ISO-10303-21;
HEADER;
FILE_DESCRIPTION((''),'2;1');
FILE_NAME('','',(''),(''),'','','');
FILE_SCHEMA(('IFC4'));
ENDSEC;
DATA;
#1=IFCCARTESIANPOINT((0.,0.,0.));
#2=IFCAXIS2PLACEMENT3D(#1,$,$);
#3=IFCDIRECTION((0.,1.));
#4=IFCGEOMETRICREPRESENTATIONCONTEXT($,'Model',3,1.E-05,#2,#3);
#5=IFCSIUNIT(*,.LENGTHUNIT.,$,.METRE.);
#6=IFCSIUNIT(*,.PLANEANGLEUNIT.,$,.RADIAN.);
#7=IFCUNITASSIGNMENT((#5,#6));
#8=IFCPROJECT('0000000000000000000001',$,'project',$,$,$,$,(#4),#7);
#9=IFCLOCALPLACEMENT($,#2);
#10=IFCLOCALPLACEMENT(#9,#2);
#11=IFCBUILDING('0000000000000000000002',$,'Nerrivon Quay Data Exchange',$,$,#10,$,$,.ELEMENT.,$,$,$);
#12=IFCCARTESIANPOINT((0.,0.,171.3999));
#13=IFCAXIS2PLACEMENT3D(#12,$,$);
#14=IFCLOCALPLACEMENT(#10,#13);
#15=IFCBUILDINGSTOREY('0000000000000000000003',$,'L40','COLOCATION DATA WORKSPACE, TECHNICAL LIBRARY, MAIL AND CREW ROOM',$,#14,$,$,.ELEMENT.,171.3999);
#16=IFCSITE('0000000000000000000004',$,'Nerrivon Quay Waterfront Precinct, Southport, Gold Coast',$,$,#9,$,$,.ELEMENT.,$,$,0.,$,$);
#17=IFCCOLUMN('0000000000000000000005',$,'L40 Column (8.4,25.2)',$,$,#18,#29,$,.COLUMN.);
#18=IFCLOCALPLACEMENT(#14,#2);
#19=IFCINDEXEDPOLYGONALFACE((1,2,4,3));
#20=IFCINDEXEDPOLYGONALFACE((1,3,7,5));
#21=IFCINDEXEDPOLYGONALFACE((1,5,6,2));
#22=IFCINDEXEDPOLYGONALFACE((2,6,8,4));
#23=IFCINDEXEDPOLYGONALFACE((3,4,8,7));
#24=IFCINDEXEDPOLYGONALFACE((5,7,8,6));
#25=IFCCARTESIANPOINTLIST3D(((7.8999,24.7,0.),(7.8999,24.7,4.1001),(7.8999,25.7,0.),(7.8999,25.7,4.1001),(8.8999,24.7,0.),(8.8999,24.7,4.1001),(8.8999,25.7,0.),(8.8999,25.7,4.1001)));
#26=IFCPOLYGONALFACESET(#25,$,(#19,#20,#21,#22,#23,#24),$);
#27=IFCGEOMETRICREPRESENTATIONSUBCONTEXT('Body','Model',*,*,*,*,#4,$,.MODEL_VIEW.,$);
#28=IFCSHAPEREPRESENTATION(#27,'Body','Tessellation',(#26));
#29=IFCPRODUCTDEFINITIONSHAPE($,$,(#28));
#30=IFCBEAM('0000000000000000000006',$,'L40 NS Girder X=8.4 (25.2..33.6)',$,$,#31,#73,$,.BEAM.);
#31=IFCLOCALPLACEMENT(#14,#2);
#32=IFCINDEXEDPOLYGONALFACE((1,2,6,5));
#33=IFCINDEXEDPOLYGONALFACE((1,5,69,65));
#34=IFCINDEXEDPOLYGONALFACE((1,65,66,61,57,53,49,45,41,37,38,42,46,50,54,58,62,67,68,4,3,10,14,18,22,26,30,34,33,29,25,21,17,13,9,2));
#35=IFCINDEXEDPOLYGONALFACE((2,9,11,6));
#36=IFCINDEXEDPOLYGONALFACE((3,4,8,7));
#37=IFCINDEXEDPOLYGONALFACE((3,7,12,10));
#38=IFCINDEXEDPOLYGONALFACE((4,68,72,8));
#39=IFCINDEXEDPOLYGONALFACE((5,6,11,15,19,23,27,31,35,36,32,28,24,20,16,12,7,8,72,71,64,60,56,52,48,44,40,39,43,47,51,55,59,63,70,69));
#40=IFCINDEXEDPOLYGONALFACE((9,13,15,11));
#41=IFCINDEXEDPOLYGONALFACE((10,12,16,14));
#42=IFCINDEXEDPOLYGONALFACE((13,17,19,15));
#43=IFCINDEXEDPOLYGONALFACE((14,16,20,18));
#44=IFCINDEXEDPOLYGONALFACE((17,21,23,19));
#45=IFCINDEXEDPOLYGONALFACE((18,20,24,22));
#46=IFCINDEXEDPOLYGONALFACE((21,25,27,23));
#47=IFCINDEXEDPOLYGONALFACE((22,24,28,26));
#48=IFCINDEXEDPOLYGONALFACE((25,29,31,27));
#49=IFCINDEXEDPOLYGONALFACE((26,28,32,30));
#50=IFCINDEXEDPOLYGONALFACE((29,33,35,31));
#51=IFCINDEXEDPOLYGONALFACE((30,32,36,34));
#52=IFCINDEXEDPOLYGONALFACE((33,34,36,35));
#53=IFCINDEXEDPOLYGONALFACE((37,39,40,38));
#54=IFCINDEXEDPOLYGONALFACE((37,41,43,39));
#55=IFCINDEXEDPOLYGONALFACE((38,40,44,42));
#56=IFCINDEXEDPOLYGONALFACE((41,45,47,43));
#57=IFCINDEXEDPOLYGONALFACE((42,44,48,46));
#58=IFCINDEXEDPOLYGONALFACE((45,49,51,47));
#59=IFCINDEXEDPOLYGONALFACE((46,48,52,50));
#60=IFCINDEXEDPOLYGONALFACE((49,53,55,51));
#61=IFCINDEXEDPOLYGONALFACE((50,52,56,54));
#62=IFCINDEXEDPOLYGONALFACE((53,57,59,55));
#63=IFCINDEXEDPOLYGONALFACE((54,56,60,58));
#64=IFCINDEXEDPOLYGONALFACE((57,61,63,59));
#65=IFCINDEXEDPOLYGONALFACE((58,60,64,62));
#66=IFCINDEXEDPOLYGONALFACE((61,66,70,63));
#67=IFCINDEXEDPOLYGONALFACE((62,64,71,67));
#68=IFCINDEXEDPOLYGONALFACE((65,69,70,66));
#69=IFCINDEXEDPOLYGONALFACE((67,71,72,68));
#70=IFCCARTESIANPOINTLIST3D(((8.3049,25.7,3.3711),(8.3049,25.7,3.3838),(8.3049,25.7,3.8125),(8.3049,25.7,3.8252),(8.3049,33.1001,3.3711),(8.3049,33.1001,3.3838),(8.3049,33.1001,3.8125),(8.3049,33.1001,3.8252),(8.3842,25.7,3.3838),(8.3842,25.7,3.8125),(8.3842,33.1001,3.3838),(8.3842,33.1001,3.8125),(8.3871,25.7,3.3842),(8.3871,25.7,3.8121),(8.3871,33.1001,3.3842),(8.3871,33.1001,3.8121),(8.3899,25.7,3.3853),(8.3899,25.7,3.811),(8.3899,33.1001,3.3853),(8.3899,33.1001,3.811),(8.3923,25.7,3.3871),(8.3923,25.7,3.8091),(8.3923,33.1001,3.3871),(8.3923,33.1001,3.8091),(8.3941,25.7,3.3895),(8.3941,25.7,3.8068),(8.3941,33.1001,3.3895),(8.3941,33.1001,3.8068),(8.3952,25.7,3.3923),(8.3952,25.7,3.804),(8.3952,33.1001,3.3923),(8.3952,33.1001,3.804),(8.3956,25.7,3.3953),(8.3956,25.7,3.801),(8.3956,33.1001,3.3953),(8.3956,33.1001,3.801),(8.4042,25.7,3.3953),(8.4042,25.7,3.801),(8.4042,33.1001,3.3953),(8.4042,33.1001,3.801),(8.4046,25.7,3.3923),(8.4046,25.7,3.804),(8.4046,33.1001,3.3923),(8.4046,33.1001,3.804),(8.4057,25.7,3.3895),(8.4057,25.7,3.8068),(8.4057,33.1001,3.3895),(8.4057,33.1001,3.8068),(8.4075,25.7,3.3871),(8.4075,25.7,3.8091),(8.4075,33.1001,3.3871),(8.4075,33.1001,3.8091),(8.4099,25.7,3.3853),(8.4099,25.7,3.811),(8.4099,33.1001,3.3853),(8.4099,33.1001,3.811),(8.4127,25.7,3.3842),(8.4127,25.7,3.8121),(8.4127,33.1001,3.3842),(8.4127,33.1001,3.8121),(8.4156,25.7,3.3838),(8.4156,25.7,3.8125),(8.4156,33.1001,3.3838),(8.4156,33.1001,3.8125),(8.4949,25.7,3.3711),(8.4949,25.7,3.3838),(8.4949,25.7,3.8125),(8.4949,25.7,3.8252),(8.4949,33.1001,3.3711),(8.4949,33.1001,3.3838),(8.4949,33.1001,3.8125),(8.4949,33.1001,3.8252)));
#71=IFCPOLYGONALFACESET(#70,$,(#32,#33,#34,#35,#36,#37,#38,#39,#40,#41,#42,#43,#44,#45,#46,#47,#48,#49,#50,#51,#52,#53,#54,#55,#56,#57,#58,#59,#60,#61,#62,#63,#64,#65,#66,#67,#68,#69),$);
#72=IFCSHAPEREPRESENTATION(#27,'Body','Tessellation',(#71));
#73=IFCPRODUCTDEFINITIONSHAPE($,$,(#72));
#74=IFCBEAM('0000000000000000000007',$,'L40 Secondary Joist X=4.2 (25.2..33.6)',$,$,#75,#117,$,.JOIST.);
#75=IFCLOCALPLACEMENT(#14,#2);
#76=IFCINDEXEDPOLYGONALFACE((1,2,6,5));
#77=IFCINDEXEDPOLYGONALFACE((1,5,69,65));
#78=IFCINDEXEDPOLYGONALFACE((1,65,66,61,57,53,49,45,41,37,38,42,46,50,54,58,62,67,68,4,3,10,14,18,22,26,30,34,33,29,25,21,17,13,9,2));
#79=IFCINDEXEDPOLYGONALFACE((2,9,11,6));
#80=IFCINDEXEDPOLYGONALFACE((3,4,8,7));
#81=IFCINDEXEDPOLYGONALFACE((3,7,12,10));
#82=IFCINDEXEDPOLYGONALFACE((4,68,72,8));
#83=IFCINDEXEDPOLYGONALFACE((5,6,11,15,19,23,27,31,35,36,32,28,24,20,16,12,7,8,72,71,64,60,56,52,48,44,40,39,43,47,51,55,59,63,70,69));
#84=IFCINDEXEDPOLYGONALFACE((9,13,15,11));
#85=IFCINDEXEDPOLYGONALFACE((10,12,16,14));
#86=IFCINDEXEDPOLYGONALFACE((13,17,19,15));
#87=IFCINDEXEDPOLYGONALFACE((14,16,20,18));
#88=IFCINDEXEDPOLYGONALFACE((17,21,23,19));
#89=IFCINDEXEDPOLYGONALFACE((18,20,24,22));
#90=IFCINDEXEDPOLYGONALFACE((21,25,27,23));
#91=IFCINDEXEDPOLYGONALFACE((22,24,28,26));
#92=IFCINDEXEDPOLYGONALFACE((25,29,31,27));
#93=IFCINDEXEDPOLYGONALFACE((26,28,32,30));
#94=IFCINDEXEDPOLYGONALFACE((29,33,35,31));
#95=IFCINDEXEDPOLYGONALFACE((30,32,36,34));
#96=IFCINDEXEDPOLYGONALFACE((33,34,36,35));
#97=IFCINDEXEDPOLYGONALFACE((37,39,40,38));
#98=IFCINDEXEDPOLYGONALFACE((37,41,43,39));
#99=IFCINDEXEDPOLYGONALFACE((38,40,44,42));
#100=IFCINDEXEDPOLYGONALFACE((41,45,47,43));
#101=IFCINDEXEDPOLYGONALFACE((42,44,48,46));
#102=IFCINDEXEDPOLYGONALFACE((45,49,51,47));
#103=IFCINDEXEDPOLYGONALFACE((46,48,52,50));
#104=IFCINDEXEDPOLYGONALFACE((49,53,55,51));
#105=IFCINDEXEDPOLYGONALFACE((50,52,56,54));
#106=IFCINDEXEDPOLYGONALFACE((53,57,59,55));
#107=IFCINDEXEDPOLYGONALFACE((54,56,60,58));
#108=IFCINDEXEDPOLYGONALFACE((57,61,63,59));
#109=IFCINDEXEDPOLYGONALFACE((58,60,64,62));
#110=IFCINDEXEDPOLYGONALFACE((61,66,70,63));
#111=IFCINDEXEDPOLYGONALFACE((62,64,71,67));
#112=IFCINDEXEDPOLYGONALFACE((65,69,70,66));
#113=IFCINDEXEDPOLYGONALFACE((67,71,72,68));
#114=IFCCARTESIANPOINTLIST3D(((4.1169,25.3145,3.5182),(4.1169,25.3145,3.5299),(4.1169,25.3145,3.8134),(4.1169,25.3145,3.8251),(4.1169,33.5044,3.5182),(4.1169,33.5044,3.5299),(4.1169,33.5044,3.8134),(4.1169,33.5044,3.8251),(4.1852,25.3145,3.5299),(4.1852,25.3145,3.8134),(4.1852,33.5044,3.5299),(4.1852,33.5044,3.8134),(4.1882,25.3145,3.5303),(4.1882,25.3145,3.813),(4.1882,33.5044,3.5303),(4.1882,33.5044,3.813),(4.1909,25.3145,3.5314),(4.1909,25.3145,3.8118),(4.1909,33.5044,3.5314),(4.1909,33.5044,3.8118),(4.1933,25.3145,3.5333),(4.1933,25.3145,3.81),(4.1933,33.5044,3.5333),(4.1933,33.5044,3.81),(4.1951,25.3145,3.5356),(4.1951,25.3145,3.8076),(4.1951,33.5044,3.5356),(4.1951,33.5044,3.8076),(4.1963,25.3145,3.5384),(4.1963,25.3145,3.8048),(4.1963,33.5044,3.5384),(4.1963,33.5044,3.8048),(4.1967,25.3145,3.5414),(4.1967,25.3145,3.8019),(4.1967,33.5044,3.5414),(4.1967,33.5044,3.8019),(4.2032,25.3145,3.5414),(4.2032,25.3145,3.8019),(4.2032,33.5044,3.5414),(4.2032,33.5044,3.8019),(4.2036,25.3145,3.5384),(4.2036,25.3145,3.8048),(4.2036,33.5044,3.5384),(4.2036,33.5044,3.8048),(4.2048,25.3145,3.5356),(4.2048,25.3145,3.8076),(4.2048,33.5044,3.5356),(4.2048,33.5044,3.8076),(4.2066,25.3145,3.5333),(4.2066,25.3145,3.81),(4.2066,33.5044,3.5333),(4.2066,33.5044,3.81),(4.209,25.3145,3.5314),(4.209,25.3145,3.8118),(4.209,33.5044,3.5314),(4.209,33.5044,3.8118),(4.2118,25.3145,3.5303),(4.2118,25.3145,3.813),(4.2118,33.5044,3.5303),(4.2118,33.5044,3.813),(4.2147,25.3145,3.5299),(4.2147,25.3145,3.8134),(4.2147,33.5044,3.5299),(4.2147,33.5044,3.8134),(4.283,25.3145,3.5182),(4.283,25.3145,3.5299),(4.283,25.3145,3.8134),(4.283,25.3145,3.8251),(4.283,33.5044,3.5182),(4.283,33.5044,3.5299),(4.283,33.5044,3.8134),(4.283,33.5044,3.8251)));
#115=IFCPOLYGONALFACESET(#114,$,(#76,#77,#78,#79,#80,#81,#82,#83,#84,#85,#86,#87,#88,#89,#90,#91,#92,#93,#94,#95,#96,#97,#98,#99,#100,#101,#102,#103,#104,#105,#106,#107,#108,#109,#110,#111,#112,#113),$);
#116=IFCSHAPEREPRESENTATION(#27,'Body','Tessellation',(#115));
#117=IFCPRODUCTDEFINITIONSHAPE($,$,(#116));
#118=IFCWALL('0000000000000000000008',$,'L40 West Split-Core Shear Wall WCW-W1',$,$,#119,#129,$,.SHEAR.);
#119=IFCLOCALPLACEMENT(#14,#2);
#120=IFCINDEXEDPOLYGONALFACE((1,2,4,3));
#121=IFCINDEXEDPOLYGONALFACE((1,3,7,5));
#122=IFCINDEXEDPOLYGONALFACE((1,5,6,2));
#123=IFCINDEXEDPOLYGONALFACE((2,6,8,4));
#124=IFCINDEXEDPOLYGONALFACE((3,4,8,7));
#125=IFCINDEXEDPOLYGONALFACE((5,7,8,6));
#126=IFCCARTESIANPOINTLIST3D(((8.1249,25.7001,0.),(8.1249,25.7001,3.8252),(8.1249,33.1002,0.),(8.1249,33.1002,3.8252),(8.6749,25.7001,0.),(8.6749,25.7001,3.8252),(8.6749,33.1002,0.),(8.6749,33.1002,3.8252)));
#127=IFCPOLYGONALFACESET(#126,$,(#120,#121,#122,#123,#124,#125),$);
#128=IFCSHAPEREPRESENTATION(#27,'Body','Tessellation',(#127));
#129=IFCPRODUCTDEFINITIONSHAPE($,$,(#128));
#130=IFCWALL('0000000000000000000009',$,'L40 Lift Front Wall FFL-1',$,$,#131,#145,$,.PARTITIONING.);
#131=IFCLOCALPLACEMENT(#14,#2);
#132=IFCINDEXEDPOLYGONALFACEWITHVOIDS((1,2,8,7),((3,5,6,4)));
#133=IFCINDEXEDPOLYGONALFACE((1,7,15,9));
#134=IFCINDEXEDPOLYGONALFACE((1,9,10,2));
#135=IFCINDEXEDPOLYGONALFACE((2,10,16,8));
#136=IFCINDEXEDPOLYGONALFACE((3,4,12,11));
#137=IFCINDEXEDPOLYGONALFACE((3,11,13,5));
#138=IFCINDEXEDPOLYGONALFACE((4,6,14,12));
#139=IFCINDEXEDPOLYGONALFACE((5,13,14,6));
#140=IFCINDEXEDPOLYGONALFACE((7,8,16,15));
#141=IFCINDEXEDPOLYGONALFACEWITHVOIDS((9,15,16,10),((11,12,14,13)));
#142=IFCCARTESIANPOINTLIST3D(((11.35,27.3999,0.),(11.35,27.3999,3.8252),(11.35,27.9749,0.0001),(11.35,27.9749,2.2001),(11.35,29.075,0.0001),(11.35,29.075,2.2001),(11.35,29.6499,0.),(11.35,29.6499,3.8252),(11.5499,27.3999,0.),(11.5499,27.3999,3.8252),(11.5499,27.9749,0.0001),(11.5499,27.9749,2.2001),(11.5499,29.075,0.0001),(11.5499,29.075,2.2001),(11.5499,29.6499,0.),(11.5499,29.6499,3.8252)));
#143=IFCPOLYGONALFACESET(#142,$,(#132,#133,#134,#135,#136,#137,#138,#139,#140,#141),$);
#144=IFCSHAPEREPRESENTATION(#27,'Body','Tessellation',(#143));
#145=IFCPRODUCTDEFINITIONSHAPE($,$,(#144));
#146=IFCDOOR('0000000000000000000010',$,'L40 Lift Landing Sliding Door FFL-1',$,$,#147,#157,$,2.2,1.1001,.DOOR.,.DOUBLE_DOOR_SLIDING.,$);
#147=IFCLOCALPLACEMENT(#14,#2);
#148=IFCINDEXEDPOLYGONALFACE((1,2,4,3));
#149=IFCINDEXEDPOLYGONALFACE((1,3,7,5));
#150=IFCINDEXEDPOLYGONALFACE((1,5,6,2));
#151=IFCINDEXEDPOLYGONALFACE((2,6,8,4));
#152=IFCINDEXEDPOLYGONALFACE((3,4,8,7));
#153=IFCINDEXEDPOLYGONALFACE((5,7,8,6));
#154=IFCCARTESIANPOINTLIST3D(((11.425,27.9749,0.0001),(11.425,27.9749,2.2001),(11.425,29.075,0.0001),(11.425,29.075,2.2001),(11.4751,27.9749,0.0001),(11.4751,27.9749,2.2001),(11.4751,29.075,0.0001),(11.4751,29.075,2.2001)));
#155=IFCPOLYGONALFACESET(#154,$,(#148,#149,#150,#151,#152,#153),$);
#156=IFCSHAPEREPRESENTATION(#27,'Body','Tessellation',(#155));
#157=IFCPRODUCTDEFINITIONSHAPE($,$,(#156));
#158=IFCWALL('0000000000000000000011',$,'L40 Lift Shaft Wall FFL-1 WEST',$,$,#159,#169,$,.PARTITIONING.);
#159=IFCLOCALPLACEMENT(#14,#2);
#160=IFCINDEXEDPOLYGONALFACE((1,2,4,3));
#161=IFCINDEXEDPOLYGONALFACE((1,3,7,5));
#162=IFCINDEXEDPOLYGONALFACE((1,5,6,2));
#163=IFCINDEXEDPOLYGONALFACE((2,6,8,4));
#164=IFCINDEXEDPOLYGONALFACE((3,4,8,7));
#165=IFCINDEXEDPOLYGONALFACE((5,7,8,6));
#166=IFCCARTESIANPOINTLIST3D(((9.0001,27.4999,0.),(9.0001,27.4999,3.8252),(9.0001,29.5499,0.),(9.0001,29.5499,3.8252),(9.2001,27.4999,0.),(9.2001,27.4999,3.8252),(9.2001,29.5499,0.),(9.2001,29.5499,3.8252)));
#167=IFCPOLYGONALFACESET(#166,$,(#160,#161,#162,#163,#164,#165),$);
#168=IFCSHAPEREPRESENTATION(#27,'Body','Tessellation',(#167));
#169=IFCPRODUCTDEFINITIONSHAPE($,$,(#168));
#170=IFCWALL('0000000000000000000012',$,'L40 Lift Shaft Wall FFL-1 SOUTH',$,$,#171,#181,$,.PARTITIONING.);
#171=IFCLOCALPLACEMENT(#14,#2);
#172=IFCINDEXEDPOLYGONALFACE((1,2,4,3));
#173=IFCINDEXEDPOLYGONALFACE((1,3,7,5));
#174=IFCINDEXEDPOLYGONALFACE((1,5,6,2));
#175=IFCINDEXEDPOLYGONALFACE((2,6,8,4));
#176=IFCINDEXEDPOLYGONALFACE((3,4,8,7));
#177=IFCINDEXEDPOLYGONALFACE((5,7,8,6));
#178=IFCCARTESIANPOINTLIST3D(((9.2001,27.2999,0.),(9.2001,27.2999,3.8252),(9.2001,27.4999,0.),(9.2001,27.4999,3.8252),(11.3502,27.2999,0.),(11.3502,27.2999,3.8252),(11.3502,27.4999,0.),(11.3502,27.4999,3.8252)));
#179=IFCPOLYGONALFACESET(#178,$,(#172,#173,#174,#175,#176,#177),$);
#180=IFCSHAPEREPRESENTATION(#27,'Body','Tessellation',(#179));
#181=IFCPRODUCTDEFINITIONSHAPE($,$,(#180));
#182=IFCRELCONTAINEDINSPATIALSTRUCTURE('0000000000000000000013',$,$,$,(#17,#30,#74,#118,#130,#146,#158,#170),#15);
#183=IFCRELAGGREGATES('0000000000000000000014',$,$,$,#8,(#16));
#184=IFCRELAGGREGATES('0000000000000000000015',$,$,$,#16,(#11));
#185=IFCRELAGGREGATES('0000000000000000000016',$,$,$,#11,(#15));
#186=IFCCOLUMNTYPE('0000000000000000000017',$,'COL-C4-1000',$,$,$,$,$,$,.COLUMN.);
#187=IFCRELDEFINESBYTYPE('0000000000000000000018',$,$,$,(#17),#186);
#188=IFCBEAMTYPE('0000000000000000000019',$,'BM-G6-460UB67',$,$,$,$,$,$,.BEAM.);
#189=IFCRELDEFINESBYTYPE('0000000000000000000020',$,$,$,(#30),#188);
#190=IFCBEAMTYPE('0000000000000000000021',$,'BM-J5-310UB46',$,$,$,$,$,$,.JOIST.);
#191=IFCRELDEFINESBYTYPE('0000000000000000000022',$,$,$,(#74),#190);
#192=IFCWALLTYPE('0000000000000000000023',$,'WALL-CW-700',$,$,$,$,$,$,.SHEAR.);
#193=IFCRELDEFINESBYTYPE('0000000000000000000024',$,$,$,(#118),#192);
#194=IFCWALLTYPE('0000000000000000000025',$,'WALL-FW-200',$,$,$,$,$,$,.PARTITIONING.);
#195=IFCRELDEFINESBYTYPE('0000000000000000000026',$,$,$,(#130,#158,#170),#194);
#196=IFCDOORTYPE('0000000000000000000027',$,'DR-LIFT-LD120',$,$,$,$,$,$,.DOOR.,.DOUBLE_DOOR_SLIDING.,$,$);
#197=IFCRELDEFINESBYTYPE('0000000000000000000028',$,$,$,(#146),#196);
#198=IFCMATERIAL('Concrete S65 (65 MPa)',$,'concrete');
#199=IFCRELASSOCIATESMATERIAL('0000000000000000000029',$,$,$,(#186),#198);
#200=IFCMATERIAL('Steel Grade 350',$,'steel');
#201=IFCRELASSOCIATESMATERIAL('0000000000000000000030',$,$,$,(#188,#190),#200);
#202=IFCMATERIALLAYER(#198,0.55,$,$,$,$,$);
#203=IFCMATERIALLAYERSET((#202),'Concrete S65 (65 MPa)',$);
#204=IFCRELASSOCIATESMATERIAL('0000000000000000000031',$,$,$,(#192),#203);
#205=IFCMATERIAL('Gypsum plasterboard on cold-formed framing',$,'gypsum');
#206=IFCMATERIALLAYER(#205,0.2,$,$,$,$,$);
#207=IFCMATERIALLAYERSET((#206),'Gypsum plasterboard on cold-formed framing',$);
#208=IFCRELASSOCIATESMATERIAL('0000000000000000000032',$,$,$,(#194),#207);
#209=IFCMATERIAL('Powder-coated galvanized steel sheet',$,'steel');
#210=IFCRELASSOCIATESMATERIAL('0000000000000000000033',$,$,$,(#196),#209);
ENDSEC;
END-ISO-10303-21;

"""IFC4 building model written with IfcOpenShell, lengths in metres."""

from ifc_helpers import new_model, si_unit, direction, frame, frame_2d, origin, origin_2d, place, context, subcontext, project, spatial, rectangle, i_section, extrude, material, layer, layer_set, material_profile, profile_set, type_object, element, fill, save


model = new_model("IFC4")

# Units and contexts
model_context = context("Model", 3, precision=1e-05, world=origin(), true_north=direction((0.0, 1.0)))
body_context = subcontext(model_context, "Body", "Model", "MODEL_VIEW")
ifc_project = project(units=[si_unit("LENGTHUNIT", "METRE"), si_unit("PLANEANGLEUNIT", "RADIAN")], contexts=[model_context])

# Site, building, storey
site_placement = place(None, origin())
site = spatial("IfcSite", under=ifc_project, at=site_placement, Name="Nerrivon Quay Waterfront Precinct, Southport, Gold Coast", CompositionType="ELEMENT", RefElevation=0.0)
building_placement = place(site_placement, origin())
building = spatial("IfcBuilding", under=site, at=building_placement, Name="Nerrivon Quay Data Exchange", CompositionType="ELEMENT")
storey_placement = place(building_placement, frame((0.0, 0.0, 171.3999)))
storey = spatial("IfcBuildingStorey", under=building, at=storey_placement, Name="L40", Description="COLOCATION DATA WORKSPACE, TECHNICAL LIBRARY, MAIL AND CREW ROOM", CompositionType="ELEMENT", Elevation=171.3999)

# Column
ifc_material_1 = material(Name="Concrete S65 (65 MPa)", Category="concrete")
ifc_material_profile_1 = material_profile(ifc_material_1, rectangle(XDim=1.0, YDim=1.0, at=origin_2d()), Name="RC-COL-1000x1000")
ifc_profile_set_1 = profile_set([ifc_material_profile_1], Name="Concrete S65 (65 MPa)")
column_type = type_object("IfcColumnType", Name="COL-C4-1000", PredefinedType="COLUMN", material=ifc_profile_set_1)
column_placement = place(storey_placement, frame((8.3999, 25.2, 0.0), z_axis=(0.0, 0.0, 1.0), x_axis=(1.0, 0.0, 0.0)))
element("IfcColumn", 1, at=column_placement, inside=storey, type_object=column_type, Name="L40 Column (8.4,25.2)", PredefinedType="COLUMN", context=body_context, shape_type="SweptSolid", body=[
    extrude(rectangle(XDim=1.0, YDim=1.0, at=origin_2d()), origin(), (0.0, 0.0, 1.0), 4.1001),
])

# Beams
ifc_material_2 = material(Name="Steel Grade 350", Category="steel")
ifc_material_profile_2 = material_profile(ifc_material_2, i_section(OverallWidth=0.1899, OverallDepth=0.4541, WebThickness=0.0085, FlangeThickness=0.0127, FilletRadius=0.0115, at=origin_2d()), Name="460UB67.1")
ifc_profile_set_2 = profile_set([ifc_material_profile_2], Name="Steel Grade 350")
beam_type_1 = type_object("IfcBeamType", Name="BM-G6-460UB67", PredefinedType="BEAM", material=ifc_profile_set_2)
beam_1_placement = place(storey_placement, frame((8.3999, 25.7, 3.5981), z_axis=(0.0, 1.0, 0.0), x_axis=(-1.0, 0.0, 0.0)))
element("IfcBeam", 2, at=beam_1_placement, inside=storey, type_object=beam_type_1, Name="L40 NS Girder X=8.4 (25.2..33.6)", PredefinedType="BEAM", context=body_context, shape_type="SweptSolid", body=[
    extrude(i_section(OverallWidth=0.1899, OverallDepth=0.4541, WebThickness=0.0085, FlangeThickness=0.0127, FilletRadius=0.0115, at=origin_2d()), origin(), (0.0, 0.0, 1.0), 7.4001),
])
ifc_material_profile_3 = material_profile(ifc_material_2, i_section(OverallWidth=0.166, OverallDepth=0.3069, WebThickness=0.0066, FlangeThickness=0.0117, FilletRadius=0.0115, at=origin_2d()), Name="310UB46.2")
ifc_profile_set_3 = profile_set([ifc_material_profile_3], Name="Steel Grade 350")
beam_type_2 = type_object("IfcBeamType", Name="BM-J5-310UB46", PredefinedType="JOIST", material=ifc_profile_set_3)
beam_2_placement = place(storey_placement, frame((4.2, 25.3145, 3.6716), z_axis=(0.0, 1.0, 0.0), x_axis=(-1.0, 0.0, 0.0)))
element("IfcBeam", 3, at=beam_2_placement, inside=storey, type_object=beam_type_2, Name="L40 Secondary Joist X=4.2 (25.2..33.6)", PredefinedType="JOIST", context=body_context, shape_type="SweptSolid", body=[
    extrude(i_section(OverallWidth=0.166, OverallDepth=0.3069, WebThickness=0.0066, FlangeThickness=0.0117, FilletRadius=0.0115, at=origin_2d()), origin(), (0.0, 0.0, 1.0), 8.1899),
])

# Wall
ifc_layer_1 = layer(ifc_material_1, 0.55)
ifc_layer_set_1 = layer_set([ifc_layer_1], Name="Concrete S65 (65 MPa)")
wall_type_1 = type_object("IfcWallType", Name="WALL-CW-700", PredefinedType="SHEAR", material=ifc_layer_set_1)
wall_1_placement = place(storey_placement, frame((8.3999, 25.7, 0.0), z_axis=(0.0, 0.0, 1.0), x_axis=(0.0, 1.0, 0.0)))
element("IfcWall", 4, at=wall_1_placement, inside=storey, type_object=wall_type_1, Name="L40 West Split-Core Shear Wall WCW-W1", PredefinedType="SHEAR", context=body_context, shape_type="SweptSolid", body=[
    extrude(rectangle(XDim=7.4001, YDim=0.55, at=frame_2d((3.7002, 0.0))), origin(), (0.0, 0.0, 1.0), 3.8252),
])

# Wall, opening, door
ifc_material_3 = material(Name="Powder-coated galvanized steel sheet", Category="steel")
ifc_material_4 = material(Name="Gypsum plasterboard on cold-formed framing", Category="gypsum")
ifc_layer_2 = layer(ifc_material_4, 0.2)
ifc_layer_set_2 = layer_set([ifc_layer_2], Name="Gypsum plasterboard on cold-formed framing")
wall_type_2 = type_object("IfcWallType", Name="WALL-FW-200", PredefinedType="PARTITIONING", material=ifc_layer_set_2)
wall_2_placement = place(storey_placement, frame((11.45, 27.3999, 0.0), z_axis=(0.0, 0.0, 1.0), x_axis=(0.0, 1.0, 0.0)))
wall_2 = element("IfcWall", 5, at=wall_2_placement, inside=storey, type_object=wall_type_2, Name="L40 Lift Front Wall FFL-1", PredefinedType="PARTITIONING", context=body_context, shape_type="SweptSolid", body=[
    extrude(rectangle(XDim=2.25, YDim=0.2, at=frame_2d((1.125, 0.0))), origin(), (0.0, 0.0, 1.0), 3.8252),
])
opening_1_placement = place(wall_2_placement, frame((0.575, 0.0, 0.0)))
opening_1 = element("IfcOpeningElement", 6, at=opening_1_placement, cuts=wall_2, PredefinedType="OPENING", context=body_context, shape_type="SweptSolid", body=[
    extrude(rectangle(XDim=1.1001, YDim=2.2, at=frame_2d((0.55, 1.1001))), frame((0.0, 0.1099, 0.0), z_axis=(0.0, -1.0, 0.0), x_axis=(1.0, 0.0, 0.0)), (0.0, 0.0, 1.0), 0.22),
])
door_type_1 = type_object("IfcDoorType", Name="DR-LIFT-LD120", OperationType="DOUBLE_DOOR_SLIDING", PredefinedType="DOOR", material=ifc_material_3)
door_1_placement = place(opening_1_placement, origin())
door_1 = element("IfcDoor", 7, at=door_1_placement, inside=storey, type_object=door_type_1, Name="L40 Lift Landing Sliding Door FFL-1", OperationType="DOUBLE_DOOR_SLIDING", OverallHeight=2.2, OverallWidth=1.1001, PredefinedType="DOOR", context=body_context, shape_type="SweptSolid", body=[
    extrude(rectangle(XDim=1.1001, YDim=2.2, at=frame_2d((0.55, 1.1001))), frame((0.0, 0.0249, 0.0), z_axis=(0.0, -1.0, 0.0), x_axis=(1.0, 0.0, 0.0)), (0.0, 0.0, 1.0), 0.05),
])
fill(opening_1, door_1)

# Walls
wall_3_placement = place(storey_placement, frame((9.1001, 27.5, 0.0), z_axis=(0.0, 0.0, 1.0), x_axis=(0.0, 1.0, 0.0)))
element("IfcWall", 8, at=wall_3_placement, inside=storey, type_object=wall_type_2, Name="L40 Lift Shaft Wall FFL-1 WEST", PredefinedType="PARTITIONING", context=body_context, shape_type="SweptSolid", body=[
    extrude(rectangle(XDim=2.05, YDim=0.2, at=frame_2d((1.0249, 0.0))), origin(), (0.0, 0.0, 1.0), 3.8252),
])
wall_4_placement = place(storey_placement, frame((9.2, 27.3999, 0.0), z_axis=(0.0, 0.0, 1.0), x_axis=(1.0, 0.0, 0.0)))
element("IfcWall", 9, at=wall_4_placement, inside=storey, type_object=wall_type_2, Name="L40 Lift Shaft Wall FFL-1 SOUTH", PredefinedType="PARTITIONING", context=body_context, shape_type="SweptSolid", body=[
    extrude(rectangle(XDim=2.1501, YDim=0.2, at=frame_2d((1.0752, 0.0))), origin(), (0.0, 0.0, 1.0), 3.8252),
])

save(model, "model.ifc")
